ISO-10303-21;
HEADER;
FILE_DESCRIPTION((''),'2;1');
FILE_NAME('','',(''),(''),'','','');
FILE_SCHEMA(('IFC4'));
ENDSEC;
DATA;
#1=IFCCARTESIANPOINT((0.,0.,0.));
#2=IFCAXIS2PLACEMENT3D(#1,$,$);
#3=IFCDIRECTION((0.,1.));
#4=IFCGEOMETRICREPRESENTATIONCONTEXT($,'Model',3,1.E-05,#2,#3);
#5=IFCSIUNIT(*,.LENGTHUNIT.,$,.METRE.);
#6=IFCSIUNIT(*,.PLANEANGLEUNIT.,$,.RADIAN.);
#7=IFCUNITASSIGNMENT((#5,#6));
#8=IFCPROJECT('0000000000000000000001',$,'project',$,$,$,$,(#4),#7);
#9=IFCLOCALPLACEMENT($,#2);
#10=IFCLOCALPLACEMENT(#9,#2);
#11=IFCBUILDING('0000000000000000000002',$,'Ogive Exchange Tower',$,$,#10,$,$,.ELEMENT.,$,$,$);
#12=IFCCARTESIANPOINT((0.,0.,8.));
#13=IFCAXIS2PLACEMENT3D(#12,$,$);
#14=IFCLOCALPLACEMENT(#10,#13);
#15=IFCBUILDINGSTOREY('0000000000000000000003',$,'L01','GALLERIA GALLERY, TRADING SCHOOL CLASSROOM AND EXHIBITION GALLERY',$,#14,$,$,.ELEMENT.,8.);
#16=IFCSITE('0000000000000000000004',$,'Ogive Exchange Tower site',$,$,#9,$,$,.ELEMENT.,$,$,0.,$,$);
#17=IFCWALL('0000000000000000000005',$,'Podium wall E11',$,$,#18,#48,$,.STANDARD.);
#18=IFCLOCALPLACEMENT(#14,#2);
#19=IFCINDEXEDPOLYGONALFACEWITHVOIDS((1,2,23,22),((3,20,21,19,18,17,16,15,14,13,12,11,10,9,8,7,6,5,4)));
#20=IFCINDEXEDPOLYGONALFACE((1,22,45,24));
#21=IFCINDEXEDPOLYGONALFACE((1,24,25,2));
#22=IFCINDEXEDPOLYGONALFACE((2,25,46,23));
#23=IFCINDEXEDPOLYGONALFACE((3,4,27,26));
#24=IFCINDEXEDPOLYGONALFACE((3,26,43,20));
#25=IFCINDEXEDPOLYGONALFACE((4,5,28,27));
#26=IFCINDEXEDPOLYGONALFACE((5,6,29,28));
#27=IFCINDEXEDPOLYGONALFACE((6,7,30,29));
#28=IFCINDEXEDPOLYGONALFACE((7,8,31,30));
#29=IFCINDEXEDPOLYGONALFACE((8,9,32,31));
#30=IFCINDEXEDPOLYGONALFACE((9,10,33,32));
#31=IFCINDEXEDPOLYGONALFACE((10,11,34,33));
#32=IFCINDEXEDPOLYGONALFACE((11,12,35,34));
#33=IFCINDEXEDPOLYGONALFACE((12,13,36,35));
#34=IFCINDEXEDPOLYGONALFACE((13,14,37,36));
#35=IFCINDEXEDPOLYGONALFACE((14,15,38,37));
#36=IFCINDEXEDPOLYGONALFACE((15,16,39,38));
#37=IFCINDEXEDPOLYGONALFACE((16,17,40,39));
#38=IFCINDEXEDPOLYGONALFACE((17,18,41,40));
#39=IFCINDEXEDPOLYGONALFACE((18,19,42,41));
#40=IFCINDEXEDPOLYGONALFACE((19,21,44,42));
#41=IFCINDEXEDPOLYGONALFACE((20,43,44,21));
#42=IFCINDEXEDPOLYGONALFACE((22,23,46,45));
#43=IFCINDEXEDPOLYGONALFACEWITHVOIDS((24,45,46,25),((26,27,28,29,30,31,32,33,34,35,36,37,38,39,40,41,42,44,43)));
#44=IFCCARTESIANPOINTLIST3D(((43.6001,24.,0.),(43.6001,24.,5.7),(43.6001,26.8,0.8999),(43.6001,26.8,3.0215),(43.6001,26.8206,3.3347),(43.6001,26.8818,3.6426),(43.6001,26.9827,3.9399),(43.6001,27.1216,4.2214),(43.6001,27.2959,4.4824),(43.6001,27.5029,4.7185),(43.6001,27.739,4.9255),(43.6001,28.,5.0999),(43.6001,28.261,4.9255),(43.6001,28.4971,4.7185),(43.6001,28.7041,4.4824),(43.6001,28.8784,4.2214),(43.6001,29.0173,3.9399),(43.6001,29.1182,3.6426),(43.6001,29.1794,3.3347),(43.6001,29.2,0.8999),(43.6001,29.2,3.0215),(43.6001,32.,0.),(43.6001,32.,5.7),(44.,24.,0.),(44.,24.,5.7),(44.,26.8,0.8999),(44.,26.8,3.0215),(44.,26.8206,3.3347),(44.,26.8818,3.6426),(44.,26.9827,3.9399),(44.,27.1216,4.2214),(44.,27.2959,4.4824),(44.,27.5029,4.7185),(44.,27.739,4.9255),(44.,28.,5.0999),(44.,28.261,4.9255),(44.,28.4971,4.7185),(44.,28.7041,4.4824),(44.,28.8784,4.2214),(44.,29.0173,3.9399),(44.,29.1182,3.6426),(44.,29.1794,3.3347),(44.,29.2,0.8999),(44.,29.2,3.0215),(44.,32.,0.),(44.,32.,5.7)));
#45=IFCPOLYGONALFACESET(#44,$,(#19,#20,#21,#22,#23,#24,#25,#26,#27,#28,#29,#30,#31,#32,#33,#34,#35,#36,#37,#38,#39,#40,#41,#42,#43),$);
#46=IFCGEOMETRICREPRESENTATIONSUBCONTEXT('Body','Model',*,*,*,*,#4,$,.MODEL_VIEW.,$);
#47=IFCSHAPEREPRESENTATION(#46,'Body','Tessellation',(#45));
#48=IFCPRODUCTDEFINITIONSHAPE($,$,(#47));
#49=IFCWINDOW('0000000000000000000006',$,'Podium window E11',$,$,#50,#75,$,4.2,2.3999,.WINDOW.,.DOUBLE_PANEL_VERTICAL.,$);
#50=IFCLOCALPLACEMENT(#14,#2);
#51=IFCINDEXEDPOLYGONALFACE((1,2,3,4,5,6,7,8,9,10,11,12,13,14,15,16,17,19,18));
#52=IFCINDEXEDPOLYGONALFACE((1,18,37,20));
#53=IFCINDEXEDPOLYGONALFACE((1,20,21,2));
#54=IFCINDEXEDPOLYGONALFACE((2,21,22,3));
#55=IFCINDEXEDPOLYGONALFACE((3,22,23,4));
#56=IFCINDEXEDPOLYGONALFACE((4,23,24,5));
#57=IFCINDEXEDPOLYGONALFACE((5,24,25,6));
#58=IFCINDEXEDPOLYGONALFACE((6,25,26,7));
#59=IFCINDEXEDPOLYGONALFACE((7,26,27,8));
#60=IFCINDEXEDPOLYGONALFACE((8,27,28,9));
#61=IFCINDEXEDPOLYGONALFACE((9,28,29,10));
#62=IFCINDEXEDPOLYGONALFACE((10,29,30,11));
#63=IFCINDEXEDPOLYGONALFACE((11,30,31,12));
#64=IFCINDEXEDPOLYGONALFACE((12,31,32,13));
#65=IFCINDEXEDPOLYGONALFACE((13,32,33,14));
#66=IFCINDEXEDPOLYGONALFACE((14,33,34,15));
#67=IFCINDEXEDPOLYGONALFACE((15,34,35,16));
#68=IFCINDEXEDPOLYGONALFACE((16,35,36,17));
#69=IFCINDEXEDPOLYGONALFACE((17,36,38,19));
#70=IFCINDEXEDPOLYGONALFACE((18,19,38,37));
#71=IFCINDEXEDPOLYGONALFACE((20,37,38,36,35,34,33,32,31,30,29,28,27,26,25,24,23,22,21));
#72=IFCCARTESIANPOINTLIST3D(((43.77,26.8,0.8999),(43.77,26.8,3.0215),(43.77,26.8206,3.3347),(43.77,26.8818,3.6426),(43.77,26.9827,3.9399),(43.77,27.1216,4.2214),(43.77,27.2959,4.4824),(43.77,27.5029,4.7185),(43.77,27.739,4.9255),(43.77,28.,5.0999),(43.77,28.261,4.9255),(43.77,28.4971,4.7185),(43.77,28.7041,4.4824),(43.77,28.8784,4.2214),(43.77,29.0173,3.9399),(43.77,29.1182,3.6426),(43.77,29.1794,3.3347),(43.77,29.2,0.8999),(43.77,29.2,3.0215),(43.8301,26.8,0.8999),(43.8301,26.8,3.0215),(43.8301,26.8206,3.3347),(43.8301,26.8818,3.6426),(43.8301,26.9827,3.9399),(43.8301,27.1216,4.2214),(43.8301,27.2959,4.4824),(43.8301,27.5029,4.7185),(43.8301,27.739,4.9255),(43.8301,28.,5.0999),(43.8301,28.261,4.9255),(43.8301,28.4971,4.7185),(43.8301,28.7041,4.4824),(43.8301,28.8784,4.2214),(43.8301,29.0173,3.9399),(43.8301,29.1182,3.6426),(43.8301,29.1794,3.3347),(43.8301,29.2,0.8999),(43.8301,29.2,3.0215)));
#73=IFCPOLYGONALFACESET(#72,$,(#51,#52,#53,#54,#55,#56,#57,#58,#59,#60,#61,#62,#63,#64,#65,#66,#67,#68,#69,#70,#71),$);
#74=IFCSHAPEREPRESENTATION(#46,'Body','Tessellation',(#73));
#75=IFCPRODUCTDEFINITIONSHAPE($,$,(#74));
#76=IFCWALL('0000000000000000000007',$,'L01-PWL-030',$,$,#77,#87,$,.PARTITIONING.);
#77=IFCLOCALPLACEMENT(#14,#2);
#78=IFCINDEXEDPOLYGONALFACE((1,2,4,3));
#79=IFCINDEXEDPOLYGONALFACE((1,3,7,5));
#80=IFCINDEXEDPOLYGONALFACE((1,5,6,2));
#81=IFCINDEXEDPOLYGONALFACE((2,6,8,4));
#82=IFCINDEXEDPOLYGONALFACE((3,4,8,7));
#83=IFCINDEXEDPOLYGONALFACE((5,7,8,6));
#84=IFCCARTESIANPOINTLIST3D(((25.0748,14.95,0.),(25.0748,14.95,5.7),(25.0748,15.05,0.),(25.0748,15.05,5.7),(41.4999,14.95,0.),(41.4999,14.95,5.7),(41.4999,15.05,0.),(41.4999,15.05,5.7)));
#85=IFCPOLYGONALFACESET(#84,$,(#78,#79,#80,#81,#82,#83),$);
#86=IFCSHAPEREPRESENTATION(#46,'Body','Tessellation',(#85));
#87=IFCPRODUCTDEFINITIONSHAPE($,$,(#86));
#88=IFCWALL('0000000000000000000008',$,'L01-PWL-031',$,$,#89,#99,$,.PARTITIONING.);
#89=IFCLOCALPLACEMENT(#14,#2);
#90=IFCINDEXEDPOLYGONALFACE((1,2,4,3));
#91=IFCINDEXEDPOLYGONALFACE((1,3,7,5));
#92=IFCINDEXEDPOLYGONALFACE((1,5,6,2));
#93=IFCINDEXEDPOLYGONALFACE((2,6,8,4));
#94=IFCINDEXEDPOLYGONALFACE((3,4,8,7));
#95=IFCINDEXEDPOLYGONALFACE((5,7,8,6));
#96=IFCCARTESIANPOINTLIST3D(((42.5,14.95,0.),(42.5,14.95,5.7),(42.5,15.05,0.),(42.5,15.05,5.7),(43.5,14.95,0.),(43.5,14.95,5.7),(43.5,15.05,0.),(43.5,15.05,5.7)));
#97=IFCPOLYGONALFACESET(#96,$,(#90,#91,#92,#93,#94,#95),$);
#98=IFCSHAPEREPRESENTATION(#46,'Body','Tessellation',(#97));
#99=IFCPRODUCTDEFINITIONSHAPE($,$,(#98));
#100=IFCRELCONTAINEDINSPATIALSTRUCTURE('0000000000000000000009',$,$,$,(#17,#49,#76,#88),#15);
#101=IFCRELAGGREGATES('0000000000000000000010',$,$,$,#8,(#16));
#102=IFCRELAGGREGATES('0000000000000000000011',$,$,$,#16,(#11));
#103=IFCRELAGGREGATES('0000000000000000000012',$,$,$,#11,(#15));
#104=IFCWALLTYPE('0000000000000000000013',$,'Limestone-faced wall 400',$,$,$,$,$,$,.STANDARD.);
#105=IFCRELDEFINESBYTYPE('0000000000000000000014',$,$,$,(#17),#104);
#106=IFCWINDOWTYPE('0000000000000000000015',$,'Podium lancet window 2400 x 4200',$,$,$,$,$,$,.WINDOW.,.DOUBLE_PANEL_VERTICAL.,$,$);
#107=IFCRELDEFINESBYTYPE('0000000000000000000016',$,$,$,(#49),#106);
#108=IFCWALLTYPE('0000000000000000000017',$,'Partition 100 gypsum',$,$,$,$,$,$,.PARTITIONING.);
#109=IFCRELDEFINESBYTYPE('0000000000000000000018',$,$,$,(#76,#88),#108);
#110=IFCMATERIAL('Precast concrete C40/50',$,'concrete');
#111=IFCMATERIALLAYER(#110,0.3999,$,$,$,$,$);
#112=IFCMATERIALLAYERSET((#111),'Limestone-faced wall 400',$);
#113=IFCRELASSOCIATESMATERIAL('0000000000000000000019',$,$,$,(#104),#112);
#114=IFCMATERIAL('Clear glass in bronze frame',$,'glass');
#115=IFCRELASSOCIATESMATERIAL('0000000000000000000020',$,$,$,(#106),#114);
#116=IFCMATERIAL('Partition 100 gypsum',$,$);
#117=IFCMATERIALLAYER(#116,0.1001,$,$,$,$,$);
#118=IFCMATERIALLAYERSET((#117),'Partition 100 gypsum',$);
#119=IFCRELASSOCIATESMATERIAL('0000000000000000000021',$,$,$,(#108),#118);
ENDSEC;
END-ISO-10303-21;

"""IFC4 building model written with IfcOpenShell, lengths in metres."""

from ifc_helpers import new_model, si_unit, direction, frame, frame_2d, origin, place, context, subcontext, project, spatial, polyline, rectangle, outline, extrude, material, layer, layer_set, type_object, element, fill, save


model = new_model("IFC4")

# Units and contexts
model_context = context("Model", 3, precision=1e-05, world=origin(), true_north=direction((0.0, 1.0)))
body_context = subcontext(model_context, "Body", "Model", "MODEL_VIEW")
ifc_project = project(units=[si_unit("LENGTHUNIT", "METRE"), si_unit("PLANEANGLEUNIT", "RADIAN")], contexts=[model_context])

# Site, building, storey
site_placement = place(None, origin())
site = spatial("IfcSite", under=ifc_project, at=site_placement, Name="Ogive Exchange Tower site", CompositionType="ELEMENT", RefElevation=0.0)
building_placement = place(site_placement, origin())
building = spatial("IfcBuilding", under=site, at=building_placement, Name="Ogive Exchange Tower", CompositionType="ELEMENT")
storey_placement = place(building_placement, frame((0.0, 0.0, 8.0)))
storey = spatial("IfcBuildingStorey", under=building, at=storey_placement, Name="L01", Description="GALLERIA GALLERY, TRADING SCHOOL CLASSROOM AND EXHIBITION GALLERY", CompositionType="ELEMENT", Elevation=8.0)

# Shared definitions
ifc_material_1 = material(Name="Precast concrete C40/50", Category="concrete")
ifc_layer_1 = layer(ifc_material_1, 0.3999)
ifc_layer_set_1 = layer_set([ifc_layer_1], Name="Limestone-faced wall 400")
wall_type_1 = type_object("IfcWallType", Name="Limestone-faced wall 400", PredefinedType="STANDARD", material=ifc_layer_set_1)
ifc_material_2 = material(Name="Clear glass in bronze frame", Category="glass")

# Wall, opening, window
wall_1_placement = place(storey_placement, frame((43.8, 24.0, 0.0), z_axis=(0.0, 0.0, 1.0), x_axis=(0.0, 1.0, 0.0)))
wall_1 = element("IfcWall", 1, at=wall_1_placement, inside=storey, type_object=wall_type_1, Name="Podium wall E11", PredefinedType="STANDARD", context=body_context, shape_type="SweptSolid", body=[
    extrude(rectangle(XDim=8.0, YDim=0.3999, at=frame_2d((4.0, 0.0))), origin(), (0.0, 0.0, 1.0), 5.7),
])
opening_1_placement = place(wall_1_placement, frame((2.8, 0.0, 0.8999)))
opening_1 = element("IfcOpeningElement", 2, at=opening_1_placement, cuts=wall_1, PredefinedType="OPENING", context=body_context, shape_type="SweptSolid", body=[
    extrude(outline(polyline([(0.0, 0.0), (2.3999, 0.0), (2.3999, 2.1216), (2.3794, 2.4348), (2.3181, 2.7427), (2.2173, 3.04), (2.0784, 3.3215), (1.9041, 3.5825), (1.697, 3.8186), (1.4609, 4.0256), (1.2, 4.2), (0.939, 4.0256), (0.7029, 3.8186), (0.4958, 3.5825), (0.3215, 3.3215), (0.1826, 3.04), (0.0818, 2.7427), (0.0205, 2.4348), (0.0, 2.1216), (0.0, 0.0)])), frame((0.0, 0.21, 0.0), z_axis=(0.0, -1.0, 0.0), x_axis=(1.0, 0.0, 0.0)), (0.0, 0.0, 1.0), 0.4199),
])
window_type_1 = type_object("IfcWindowType", Name="Podium lancet window 2400 x 4200", PartitioningType="DOUBLE_PANEL_VERTICAL", PredefinedType="WINDOW", material=ifc_material_2)
window_1_placement = place(opening_1_placement, origin())
window_1 = element("IfcWindow", 3, at=window_1_placement, inside=storey, type_object=window_type_1, Name="Podium window E11", OverallHeight=4.2, OverallWidth=2.3999, PartitioningType="DOUBLE_PANEL_VERTICAL", PredefinedType="WINDOW", context=body_context, shape_type="SweptSolid", body=[
    extrude(outline(polyline([(0.0, 0.0), (2.3999, 0.0), (2.3999, 2.1216), (2.3794, 2.4348), (2.3181, 2.7427), (2.2173, 3.04), (2.0784, 3.3215), (1.9041, 3.5825), (1.697, 3.8186), (1.4609, 4.0256), (1.2, 4.2), (0.939, 4.0256), (0.7029, 3.8186), (0.4958, 3.5825), (0.3215, 3.3215), (0.1826, 3.04), (0.0818, 2.7427), (0.0205, 2.4348), (0.0, 2.1216), (0.0, 0.0)])), frame((0.0, 0.03, 0.0), z_axis=(0.0, -1.0, 0.0), x_axis=(1.0, 0.0, 0.0)), (0.0, 0.0, 1.0), 0.0601),
])
fill(opening_1, window_1)

# Walls
ifc_material_3 = material(Name="Partition 100 gypsum")
ifc_layer_2 = layer(ifc_material_3, 0.1001)
ifc_layer_set_2 = layer_set([ifc_layer_2], Name="Partition 100 gypsum")
wall_type_2 = type_object("IfcWallType", Name="Partition 100 gypsum", PredefinedType="PARTITIONING", material=ifc_layer_set_2)
wall_2_placement = place(storey_placement, frame((25.075, 15.0, 0.0), z_axis=(0.0, 0.0, 1.0), x_axis=(1.0, 0.0, 0.0)))
element("IfcWall", 4, at=wall_2_placement, inside=storey, type_object=wall_type_2, Name="L01-PWL-030", PredefinedType="PARTITIONING", context=body_context, shape_type="SweptSolid", body=[
    extrude(rectangle(XDim=16.425, YDim=0.1001, at=frame_2d((8.2124, 0.0))), origin(), (0.0, 0.0, 1.0), 5.7),
])
wall_3_placement = place(storey_placement, frame((42.5, 15.0, 0.0), z_axis=(0.0, 0.0, 1.0), x_axis=(1.0, 0.0, 0.0)))
element("IfcWall", 5, at=wall_3_placement, inside=storey, type_object=wall_type_2, Name="L01-PWL-031", PredefinedType="PARTITIONING", context=body_context, shape_type="SweptSolid", body=[
    extrude(rectangle(XDim=1.0, YDim=0.1001, at=frame_2d((0.5, 0.0))), origin(), (0.0, 0.0, 1.0), 5.7),
])

save(model, "model.ifc")
